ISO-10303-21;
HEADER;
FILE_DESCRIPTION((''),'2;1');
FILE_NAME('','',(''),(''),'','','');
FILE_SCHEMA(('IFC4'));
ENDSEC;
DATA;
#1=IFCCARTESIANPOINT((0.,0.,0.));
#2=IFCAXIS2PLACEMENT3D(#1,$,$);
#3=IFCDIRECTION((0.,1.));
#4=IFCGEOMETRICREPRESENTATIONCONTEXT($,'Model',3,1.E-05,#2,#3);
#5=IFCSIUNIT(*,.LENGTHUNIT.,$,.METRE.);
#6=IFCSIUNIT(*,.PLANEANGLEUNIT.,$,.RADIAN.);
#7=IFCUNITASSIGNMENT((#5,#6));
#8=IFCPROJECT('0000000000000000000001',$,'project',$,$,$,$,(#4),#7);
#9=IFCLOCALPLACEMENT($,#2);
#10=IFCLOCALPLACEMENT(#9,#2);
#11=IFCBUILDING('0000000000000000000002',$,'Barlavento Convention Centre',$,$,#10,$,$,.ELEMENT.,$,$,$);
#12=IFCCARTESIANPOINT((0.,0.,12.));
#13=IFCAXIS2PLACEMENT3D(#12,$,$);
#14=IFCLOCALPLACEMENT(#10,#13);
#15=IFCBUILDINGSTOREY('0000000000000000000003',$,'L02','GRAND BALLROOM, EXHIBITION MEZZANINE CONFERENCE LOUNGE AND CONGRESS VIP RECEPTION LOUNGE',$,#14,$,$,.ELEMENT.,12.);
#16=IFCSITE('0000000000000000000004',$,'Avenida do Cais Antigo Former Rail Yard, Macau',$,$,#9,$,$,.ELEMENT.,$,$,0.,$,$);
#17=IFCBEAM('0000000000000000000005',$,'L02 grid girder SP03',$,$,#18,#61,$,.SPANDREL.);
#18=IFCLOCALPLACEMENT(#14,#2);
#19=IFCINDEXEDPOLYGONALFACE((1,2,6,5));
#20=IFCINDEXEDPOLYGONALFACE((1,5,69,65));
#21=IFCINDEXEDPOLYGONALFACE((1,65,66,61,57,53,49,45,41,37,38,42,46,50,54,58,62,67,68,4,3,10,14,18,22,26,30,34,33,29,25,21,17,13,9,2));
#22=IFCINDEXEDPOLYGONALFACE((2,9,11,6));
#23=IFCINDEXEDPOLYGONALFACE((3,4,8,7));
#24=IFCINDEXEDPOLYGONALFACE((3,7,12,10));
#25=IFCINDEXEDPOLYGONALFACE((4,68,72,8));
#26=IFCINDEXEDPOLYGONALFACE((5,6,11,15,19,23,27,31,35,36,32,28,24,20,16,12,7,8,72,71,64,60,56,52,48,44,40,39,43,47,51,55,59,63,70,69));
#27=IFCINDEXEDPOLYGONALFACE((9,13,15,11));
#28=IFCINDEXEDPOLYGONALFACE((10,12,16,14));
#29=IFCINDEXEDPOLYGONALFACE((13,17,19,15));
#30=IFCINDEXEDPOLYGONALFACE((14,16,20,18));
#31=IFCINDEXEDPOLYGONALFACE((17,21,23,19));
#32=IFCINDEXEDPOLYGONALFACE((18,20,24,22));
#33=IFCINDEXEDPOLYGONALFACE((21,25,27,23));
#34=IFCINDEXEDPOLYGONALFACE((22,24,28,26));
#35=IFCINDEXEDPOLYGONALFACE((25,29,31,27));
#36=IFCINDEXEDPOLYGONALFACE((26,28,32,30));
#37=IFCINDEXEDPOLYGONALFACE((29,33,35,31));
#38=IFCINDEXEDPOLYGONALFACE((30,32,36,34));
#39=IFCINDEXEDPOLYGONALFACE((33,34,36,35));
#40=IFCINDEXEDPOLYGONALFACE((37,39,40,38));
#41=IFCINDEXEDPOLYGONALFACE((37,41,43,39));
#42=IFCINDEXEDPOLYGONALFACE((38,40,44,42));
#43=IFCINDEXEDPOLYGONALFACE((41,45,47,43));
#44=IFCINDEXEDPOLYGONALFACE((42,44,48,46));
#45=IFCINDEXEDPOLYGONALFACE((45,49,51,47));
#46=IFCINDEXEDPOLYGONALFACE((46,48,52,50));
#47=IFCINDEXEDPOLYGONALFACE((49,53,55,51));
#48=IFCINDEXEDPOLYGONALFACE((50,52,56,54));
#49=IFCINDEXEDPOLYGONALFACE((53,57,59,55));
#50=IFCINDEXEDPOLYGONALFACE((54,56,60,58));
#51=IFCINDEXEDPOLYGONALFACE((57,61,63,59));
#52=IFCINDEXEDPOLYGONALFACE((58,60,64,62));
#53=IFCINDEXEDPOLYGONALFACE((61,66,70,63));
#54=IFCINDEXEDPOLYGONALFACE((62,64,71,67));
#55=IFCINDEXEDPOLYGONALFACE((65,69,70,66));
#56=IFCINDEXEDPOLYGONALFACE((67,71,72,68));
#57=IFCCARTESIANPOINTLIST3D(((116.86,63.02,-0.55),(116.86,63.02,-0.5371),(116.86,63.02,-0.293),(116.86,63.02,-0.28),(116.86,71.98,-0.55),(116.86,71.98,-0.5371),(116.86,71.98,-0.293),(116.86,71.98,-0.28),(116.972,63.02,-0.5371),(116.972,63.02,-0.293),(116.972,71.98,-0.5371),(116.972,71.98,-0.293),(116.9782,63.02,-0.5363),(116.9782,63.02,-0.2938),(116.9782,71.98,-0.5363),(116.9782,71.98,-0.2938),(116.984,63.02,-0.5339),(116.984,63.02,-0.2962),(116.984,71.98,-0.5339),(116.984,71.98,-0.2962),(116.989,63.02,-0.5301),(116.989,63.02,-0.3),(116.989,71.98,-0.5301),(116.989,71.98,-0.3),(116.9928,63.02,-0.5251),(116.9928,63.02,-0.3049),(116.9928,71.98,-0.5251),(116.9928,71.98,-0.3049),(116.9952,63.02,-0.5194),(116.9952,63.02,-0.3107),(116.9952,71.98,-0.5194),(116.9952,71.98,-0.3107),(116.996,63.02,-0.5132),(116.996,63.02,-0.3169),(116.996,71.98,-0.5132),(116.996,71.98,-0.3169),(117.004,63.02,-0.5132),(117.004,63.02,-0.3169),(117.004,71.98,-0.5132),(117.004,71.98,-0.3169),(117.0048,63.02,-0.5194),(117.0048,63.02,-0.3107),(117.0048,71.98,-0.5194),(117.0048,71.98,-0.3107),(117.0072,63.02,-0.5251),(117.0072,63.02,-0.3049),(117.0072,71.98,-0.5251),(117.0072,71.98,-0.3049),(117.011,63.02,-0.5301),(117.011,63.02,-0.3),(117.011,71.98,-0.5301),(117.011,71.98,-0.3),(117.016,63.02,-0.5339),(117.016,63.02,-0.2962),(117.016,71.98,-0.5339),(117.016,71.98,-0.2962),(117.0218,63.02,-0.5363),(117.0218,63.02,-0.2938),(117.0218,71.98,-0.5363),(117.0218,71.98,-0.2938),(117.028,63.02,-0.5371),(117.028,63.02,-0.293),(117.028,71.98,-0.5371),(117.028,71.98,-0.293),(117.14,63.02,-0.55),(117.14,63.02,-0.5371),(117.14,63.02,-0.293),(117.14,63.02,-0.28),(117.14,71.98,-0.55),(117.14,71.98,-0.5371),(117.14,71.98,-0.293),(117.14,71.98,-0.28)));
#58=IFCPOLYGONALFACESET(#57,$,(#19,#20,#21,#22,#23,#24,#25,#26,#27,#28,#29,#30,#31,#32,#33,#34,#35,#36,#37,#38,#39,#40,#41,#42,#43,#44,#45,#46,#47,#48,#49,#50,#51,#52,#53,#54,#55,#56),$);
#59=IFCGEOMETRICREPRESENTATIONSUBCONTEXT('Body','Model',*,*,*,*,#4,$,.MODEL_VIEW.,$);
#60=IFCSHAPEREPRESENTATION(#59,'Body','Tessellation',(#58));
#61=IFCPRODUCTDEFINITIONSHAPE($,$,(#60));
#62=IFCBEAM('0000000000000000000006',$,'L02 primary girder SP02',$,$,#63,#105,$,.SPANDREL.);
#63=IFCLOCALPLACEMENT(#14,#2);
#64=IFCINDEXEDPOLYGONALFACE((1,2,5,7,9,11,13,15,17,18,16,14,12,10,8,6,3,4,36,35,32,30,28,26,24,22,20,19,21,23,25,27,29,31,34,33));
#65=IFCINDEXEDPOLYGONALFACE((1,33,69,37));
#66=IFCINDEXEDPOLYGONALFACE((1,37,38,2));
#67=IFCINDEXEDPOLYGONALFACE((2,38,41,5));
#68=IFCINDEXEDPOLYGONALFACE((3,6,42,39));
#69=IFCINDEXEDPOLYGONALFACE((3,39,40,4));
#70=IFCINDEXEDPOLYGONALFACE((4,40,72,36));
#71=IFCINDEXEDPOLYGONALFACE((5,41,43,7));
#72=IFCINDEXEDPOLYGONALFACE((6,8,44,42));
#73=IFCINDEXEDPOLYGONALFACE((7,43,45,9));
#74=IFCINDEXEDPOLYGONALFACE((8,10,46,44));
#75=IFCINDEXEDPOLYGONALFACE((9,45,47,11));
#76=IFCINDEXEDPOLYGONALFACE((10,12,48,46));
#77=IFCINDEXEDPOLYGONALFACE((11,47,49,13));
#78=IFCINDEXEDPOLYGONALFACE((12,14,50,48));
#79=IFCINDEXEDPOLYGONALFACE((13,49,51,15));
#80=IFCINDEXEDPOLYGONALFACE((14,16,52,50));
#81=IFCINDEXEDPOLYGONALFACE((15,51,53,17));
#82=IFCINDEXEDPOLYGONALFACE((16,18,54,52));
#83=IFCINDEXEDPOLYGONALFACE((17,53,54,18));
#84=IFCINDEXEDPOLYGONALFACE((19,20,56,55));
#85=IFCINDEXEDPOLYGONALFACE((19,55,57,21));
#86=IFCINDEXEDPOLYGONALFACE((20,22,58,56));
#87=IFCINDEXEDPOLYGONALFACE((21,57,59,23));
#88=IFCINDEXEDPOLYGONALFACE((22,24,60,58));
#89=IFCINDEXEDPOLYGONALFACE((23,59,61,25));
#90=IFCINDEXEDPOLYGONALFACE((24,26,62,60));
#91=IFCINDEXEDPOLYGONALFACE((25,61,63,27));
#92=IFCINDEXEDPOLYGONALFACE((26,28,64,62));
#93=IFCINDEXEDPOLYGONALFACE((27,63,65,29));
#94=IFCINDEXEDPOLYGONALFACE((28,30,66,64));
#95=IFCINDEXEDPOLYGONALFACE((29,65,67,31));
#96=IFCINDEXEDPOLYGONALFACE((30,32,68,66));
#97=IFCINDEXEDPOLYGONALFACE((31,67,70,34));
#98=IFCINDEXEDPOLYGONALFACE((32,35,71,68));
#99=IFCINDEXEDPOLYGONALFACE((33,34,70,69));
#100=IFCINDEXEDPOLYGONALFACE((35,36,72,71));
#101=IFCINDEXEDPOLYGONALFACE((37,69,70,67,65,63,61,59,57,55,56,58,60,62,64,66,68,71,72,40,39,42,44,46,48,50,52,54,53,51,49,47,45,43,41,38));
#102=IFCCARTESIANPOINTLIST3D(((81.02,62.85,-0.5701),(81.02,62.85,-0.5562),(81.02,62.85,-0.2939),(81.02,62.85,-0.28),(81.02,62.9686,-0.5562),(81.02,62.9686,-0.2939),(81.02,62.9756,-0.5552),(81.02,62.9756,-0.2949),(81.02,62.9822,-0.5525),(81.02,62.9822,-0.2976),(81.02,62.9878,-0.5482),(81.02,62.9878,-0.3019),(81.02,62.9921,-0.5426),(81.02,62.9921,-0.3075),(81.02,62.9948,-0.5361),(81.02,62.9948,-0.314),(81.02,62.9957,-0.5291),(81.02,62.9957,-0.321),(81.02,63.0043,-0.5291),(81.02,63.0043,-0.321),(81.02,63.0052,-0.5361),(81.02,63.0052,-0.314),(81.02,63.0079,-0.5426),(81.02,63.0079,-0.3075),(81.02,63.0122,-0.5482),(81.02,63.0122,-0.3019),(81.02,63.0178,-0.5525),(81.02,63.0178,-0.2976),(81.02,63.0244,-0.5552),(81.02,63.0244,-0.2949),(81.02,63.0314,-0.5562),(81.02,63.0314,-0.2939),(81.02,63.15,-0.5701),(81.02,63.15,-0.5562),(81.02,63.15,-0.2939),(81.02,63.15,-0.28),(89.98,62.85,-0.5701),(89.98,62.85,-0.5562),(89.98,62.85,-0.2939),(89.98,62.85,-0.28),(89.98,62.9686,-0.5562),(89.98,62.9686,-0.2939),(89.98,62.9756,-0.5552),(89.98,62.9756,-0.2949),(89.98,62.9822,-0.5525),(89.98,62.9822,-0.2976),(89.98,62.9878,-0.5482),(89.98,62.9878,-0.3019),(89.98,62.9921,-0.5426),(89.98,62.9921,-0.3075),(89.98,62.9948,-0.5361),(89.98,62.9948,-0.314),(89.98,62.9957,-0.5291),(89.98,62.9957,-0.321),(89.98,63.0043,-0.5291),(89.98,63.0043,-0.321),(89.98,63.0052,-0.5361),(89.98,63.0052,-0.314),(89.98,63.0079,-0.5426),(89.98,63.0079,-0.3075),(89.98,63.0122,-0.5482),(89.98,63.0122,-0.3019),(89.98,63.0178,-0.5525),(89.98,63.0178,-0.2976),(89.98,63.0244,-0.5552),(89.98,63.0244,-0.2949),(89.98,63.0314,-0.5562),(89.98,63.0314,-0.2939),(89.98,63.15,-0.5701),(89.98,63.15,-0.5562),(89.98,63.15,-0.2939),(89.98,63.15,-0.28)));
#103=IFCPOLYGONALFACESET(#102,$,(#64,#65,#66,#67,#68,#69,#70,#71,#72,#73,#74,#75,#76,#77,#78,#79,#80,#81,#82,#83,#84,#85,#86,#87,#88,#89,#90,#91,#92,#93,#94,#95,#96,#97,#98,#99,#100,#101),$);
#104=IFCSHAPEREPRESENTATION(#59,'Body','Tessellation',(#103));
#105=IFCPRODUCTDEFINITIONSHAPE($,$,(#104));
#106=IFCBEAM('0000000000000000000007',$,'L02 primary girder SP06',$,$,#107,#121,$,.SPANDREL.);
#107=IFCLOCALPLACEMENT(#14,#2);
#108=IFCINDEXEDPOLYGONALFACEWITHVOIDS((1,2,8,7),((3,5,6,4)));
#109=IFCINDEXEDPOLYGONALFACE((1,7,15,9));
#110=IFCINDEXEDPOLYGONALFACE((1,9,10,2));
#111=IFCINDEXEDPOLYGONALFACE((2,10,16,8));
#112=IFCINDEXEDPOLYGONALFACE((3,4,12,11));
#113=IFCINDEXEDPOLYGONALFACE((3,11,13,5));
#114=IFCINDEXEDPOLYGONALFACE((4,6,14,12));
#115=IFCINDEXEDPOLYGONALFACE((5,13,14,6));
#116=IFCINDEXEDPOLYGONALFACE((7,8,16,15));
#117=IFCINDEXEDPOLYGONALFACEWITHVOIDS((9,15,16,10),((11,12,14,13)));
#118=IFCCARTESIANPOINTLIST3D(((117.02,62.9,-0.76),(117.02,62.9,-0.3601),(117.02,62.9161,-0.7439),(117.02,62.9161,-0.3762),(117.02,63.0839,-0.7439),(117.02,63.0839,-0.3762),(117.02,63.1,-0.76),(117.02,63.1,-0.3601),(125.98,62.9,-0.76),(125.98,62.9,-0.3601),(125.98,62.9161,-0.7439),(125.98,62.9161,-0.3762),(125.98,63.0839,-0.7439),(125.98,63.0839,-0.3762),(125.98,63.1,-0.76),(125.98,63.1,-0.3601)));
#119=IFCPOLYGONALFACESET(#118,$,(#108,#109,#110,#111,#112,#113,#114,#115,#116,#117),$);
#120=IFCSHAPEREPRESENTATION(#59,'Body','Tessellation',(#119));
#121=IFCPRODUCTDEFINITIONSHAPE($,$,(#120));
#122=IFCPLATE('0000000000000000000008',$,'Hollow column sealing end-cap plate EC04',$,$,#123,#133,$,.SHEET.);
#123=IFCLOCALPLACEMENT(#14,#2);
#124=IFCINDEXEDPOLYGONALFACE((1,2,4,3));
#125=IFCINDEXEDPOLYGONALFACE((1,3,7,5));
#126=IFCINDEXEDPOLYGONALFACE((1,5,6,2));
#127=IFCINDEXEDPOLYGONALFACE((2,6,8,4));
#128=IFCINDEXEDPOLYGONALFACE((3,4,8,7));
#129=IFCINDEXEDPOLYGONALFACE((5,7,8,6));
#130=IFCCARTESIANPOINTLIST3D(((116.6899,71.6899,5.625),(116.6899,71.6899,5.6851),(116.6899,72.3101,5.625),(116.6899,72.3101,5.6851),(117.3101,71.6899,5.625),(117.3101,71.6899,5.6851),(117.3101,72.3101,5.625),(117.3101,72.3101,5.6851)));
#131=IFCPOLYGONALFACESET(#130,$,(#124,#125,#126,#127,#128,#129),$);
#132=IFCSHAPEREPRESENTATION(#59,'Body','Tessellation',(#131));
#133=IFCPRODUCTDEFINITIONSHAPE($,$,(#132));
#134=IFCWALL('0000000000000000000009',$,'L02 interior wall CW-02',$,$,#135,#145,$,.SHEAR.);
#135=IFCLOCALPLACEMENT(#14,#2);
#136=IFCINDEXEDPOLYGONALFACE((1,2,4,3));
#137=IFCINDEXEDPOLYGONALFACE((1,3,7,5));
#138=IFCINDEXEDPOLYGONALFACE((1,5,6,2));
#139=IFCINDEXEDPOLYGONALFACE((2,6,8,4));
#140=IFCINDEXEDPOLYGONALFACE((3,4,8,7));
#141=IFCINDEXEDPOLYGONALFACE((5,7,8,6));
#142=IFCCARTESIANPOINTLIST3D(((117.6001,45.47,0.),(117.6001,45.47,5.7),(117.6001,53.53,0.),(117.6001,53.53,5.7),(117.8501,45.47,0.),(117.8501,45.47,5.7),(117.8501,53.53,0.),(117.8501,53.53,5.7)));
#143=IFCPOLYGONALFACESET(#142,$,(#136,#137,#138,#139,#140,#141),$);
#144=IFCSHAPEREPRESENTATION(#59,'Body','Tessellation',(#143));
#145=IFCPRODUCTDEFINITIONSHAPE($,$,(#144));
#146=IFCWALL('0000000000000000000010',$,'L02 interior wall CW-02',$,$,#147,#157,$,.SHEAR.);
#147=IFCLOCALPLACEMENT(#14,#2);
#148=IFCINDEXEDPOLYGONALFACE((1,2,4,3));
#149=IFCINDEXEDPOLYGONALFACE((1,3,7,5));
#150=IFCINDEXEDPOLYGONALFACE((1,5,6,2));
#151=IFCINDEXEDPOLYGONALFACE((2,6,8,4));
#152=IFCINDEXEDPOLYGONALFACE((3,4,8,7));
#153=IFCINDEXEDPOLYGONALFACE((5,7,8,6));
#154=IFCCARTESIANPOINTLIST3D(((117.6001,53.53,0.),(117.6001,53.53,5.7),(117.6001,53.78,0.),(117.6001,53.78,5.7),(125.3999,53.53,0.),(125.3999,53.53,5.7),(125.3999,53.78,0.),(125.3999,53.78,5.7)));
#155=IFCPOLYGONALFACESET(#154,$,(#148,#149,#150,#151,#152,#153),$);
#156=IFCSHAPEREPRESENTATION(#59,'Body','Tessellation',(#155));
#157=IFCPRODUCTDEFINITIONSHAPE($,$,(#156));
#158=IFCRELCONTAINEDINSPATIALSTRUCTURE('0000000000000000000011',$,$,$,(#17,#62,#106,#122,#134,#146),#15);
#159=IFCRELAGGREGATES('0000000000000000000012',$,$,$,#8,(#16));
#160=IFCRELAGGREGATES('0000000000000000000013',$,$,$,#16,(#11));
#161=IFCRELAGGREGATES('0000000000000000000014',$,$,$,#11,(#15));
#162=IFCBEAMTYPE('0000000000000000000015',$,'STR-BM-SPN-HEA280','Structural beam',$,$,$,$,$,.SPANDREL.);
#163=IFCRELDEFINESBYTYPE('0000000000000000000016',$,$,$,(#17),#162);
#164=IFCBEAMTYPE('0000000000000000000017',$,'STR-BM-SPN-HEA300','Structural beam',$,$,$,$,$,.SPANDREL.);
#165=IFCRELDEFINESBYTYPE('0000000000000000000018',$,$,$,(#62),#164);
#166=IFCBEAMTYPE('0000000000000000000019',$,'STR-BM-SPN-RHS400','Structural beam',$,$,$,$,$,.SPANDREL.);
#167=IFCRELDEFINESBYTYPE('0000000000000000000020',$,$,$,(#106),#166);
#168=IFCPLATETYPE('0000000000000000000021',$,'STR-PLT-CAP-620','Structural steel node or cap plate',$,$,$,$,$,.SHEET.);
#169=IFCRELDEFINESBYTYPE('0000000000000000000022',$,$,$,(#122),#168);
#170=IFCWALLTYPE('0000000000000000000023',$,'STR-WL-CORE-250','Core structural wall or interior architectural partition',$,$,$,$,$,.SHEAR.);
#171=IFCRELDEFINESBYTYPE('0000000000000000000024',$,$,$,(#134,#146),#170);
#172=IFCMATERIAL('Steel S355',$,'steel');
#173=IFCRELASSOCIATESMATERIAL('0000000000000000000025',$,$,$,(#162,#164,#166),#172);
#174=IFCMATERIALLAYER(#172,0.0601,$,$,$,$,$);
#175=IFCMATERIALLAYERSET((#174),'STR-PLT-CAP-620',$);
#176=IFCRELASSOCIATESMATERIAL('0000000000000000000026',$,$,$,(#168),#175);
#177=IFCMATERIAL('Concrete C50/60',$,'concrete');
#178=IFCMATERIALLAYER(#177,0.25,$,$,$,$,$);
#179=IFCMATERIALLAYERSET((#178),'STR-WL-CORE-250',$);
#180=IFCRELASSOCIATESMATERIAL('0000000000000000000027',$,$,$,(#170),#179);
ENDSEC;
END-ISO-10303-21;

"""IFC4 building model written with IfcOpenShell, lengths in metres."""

from ifc_helpers import new_model, si_unit, direction, frame, frame_2d, origin, origin_2d, place, context, subcontext, project, spatial, rectangle, hollow_rectangle, i_section, extrude, material, layer, layer_set, material_profile, profile_set, type_object, element, save


model = new_model("IFC4")

# Units and contexts
model_context = context("Model", 3, precision=1e-05, world=origin(), true_north=direction((0.0, 1.0)))
body_context = subcontext(model_context, "Body", "Model", "MODEL_VIEW")
ifc_project = project(units=[si_unit("LENGTHUNIT", "METRE"), si_unit("PLANEANGLEUNIT", "RADIAN")], contexts=[model_context])

# Site, building, storey
site_placement = place(None, origin())
site = spatial("IfcSite", under=ifc_project, at=site_placement, Name="Avenida do Cais Antigo Former Rail Yard, Macau", CompositionType="ELEMENT", RefElevation=0.0)
building_placement = place(site_placement, origin())
building = spatial("IfcBuilding", under=site, at=building_placement, Name="Barlavento Convention Centre", CompositionType="ELEMENT")
storey_placement = place(building_placement, frame((0.0, 0.0, 12.0)))
storey = spatial("IfcBuildingStorey", under=building, at=storey_placement, Name="L02", Description="GRAND BALLROOM, EXHIBITION MEZZANINE CONFERENCE LOUNGE AND CONGRESS VIP RECEPTION LOUNGE", CompositionType="ELEMENT", Elevation=12.0)

# Shared definitions
ifc_material_1 = material(Name="Steel S355", Category="steel")

# Beams
ifc_material_profile_1 = material_profile(ifc_material_1, i_section(OverallWidth=0.28, OverallDepth=0.27, WebThickness=0.0081, FlangeThickness=0.0129, FilletRadius=0.0239, at=origin_2d()), Name="HEA 280")
ifc_profile_set_1 = profile_set([ifc_material_profile_1], Name="Steel S355")
beam_type_1 = type_object("IfcBeamType", Name="STR-BM-SPN-HEA280", Description="Structural beam", PredefinedType="SPANDREL", material=ifc_profile_set_1)
for number, where, z_axis, x_axis, name in (
    (1, (117.0, 63.02, -0.415), (0.0, 1.0, 0.0), (-1.0, 0.0, 0.0), "L02 grid girder SP03"),
):
    element("IfcBeam", number, at=place(storey_placement, frame(where, z_axis=z_axis, x_axis=x_axis)), inside=storey, type_object=beam_type_1, Name=name, PredefinedType="SPANDREL", context=body_context, shape_type="SweptSolid", body=[
        extrude(i_section(OverallWidth=0.28, OverallDepth=0.27, WebThickness=0.0081, FlangeThickness=0.0129, FilletRadius=0.0239, at=origin_2d()), origin(), (0.0, 0.0, 1.0), 8.96),
    ])
ifc_material_profile_2 = material_profile(ifc_material_1, i_section(OverallWidth=0.3, OverallDepth=0.29, WebThickness=0.0085, FlangeThickness=0.0139, FilletRadius=0.0271, at=origin_2d()), Name="HEA 300")
ifc_profile_set_2 = profile_set([ifc_material_profile_2], Name="Steel S355")
beam_type_2 = type_object("IfcBeamType", Name="STR-BM-SPN-HEA300", Description="Structural beam", PredefinedType="SPANDREL", material=ifc_profile_set_2)
beam_1_placement = place(storey_placement, frame((81.02, 63.0, -0.425), z_axis=(1.0, 0.0, 0.0), x_axis=(0.0, 1.0, 0.0)))
element("IfcBeam", 2, at=beam_1_placement, inside=storey, type_object=beam_type_2, Name="L02 primary girder SP02", PredefinedType="SPANDREL", context=body_context, shape_type="SweptSolid", body=[
    extrude(i_section(OverallWidth=0.3, OverallDepth=0.29, WebThickness=0.0085, FlangeThickness=0.0139, FilletRadius=0.0271, at=origin_2d()), origin(), (0.0, 0.0, 1.0), 8.96),
])
ifc_material_profile_3 = material_profile(ifc_material_1, hollow_rectangle(XDim=0.2, YDim=0.3999, WallThickness=0.0161, at=origin_2d()), Name="RHS 400x200x16.0")
ifc_profile_set_3 = profile_set([ifc_material_profile_3], Name="Steel S355")
beam_type_3 = type_object("IfcBeamType", Name="STR-BM-SPN-RHS400", Description="Structural beam", PredefinedType="SPANDREL", material=ifc_profile_set_3)
beam_2_placement = place(storey_placement, frame((117.02, 63.0, -0.5601), z_axis=(1.0, 0.0, 0.0), x_axis=(0.0, 1.0, 0.0)))
element("IfcBeam", 3, at=beam_2_placement, inside=storey, type_object=beam_type_3, Name="L02 primary girder SP06", PredefinedType="SPANDREL", context=body_context, shape_type="SweptSolid", body=[
    extrude(hollow_rectangle(XDim=0.2, YDim=0.3999, WallThickness=0.0161, at=origin_2d()), origin(), (0.0, 0.0, 1.0), 8.96),
])

# Plate
ifc_layer_1 = layer(ifc_material_1, 0.0601)
ifc_layer_set_1 = layer_set([ifc_layer_1], Name="STR-PLT-CAP-620")
plate_type = type_object("IfcPlateType", Name="STR-PLT-CAP-620", Description="Structural steel node or cap plate", PredefinedType="SHEET", material=ifc_layer_set_1)
plate_placement = place(storey_placement, frame((117.0, 72.0, 5.625), z_axis=(0.0, 0.0, 1.0), x_axis=(1.0, 0.0, 0.0)))
element("IfcPlate", 4, at=plate_placement, inside=storey, type_object=plate_type, Name="Hollow column sealing end-cap plate EC04", PredefinedType="SHEET", context=body_context, shape_type="SweptSolid", body=[
    extrude(rectangle(XDim=0.6201, YDim=0.6201, at=origin_2d()), origin(), (0.0, 0.0, 1.0), 0.0601),
])

# Walls
ifc_material_2 = material(Name="Concrete C50/60", Category="concrete")
ifc_layer_2 = layer(ifc_material_2, 0.25)
ifc_layer_set_2 = layer_set([ifc_layer_2], Name="STR-WL-CORE-250")
wall_type = type_object("IfcWallType", Name="STR-WL-CORE-250", Description="Core structural wall or interior architectural partition", PredefinedType="SHEAR", material=ifc_layer_set_2)
wall_1_placement = place(storey_placement, frame((117.7251, 45.47, 0.0), z_axis=(0.0, 0.0, 1.0), x_axis=(0.0, 1.0, 0.0)))
element("IfcWall", 5, at=wall_1_placement, inside=storey, type_object=wall_type, Name="L02 interior wall CW-02", PredefinedType="SHEAR", context=body_context, shape_type="SweptSolid", body=[
    extrude(rectangle(XDim=8.0601, YDim=0.25, at=frame_2d((4.03, 0.0))), origin(), (0.0, 0.0, 1.0), 5.7),
])
wall_2_placement = place(storey_placement, frame((117.6001, 53.655, 0.0), z_axis=(0.0, 0.0, 1.0), x_axis=(1.0, 0.0, 0.0)))
element("IfcWall", 6, at=wall_2_placement, inside=storey, type_object=wall_type, Name="L02 interior wall CW-02", PredefinedType="SHEAR", context=body_context, shape_type="SweptSolid", body=[
    extrude(rectangle(XDim=7.7998, YDim=0.25, at=frame_2d((3.8999, 0.0))), origin(), (0.0, 0.0, 1.0), 5.7),
])

save(model, "model.ifc")
